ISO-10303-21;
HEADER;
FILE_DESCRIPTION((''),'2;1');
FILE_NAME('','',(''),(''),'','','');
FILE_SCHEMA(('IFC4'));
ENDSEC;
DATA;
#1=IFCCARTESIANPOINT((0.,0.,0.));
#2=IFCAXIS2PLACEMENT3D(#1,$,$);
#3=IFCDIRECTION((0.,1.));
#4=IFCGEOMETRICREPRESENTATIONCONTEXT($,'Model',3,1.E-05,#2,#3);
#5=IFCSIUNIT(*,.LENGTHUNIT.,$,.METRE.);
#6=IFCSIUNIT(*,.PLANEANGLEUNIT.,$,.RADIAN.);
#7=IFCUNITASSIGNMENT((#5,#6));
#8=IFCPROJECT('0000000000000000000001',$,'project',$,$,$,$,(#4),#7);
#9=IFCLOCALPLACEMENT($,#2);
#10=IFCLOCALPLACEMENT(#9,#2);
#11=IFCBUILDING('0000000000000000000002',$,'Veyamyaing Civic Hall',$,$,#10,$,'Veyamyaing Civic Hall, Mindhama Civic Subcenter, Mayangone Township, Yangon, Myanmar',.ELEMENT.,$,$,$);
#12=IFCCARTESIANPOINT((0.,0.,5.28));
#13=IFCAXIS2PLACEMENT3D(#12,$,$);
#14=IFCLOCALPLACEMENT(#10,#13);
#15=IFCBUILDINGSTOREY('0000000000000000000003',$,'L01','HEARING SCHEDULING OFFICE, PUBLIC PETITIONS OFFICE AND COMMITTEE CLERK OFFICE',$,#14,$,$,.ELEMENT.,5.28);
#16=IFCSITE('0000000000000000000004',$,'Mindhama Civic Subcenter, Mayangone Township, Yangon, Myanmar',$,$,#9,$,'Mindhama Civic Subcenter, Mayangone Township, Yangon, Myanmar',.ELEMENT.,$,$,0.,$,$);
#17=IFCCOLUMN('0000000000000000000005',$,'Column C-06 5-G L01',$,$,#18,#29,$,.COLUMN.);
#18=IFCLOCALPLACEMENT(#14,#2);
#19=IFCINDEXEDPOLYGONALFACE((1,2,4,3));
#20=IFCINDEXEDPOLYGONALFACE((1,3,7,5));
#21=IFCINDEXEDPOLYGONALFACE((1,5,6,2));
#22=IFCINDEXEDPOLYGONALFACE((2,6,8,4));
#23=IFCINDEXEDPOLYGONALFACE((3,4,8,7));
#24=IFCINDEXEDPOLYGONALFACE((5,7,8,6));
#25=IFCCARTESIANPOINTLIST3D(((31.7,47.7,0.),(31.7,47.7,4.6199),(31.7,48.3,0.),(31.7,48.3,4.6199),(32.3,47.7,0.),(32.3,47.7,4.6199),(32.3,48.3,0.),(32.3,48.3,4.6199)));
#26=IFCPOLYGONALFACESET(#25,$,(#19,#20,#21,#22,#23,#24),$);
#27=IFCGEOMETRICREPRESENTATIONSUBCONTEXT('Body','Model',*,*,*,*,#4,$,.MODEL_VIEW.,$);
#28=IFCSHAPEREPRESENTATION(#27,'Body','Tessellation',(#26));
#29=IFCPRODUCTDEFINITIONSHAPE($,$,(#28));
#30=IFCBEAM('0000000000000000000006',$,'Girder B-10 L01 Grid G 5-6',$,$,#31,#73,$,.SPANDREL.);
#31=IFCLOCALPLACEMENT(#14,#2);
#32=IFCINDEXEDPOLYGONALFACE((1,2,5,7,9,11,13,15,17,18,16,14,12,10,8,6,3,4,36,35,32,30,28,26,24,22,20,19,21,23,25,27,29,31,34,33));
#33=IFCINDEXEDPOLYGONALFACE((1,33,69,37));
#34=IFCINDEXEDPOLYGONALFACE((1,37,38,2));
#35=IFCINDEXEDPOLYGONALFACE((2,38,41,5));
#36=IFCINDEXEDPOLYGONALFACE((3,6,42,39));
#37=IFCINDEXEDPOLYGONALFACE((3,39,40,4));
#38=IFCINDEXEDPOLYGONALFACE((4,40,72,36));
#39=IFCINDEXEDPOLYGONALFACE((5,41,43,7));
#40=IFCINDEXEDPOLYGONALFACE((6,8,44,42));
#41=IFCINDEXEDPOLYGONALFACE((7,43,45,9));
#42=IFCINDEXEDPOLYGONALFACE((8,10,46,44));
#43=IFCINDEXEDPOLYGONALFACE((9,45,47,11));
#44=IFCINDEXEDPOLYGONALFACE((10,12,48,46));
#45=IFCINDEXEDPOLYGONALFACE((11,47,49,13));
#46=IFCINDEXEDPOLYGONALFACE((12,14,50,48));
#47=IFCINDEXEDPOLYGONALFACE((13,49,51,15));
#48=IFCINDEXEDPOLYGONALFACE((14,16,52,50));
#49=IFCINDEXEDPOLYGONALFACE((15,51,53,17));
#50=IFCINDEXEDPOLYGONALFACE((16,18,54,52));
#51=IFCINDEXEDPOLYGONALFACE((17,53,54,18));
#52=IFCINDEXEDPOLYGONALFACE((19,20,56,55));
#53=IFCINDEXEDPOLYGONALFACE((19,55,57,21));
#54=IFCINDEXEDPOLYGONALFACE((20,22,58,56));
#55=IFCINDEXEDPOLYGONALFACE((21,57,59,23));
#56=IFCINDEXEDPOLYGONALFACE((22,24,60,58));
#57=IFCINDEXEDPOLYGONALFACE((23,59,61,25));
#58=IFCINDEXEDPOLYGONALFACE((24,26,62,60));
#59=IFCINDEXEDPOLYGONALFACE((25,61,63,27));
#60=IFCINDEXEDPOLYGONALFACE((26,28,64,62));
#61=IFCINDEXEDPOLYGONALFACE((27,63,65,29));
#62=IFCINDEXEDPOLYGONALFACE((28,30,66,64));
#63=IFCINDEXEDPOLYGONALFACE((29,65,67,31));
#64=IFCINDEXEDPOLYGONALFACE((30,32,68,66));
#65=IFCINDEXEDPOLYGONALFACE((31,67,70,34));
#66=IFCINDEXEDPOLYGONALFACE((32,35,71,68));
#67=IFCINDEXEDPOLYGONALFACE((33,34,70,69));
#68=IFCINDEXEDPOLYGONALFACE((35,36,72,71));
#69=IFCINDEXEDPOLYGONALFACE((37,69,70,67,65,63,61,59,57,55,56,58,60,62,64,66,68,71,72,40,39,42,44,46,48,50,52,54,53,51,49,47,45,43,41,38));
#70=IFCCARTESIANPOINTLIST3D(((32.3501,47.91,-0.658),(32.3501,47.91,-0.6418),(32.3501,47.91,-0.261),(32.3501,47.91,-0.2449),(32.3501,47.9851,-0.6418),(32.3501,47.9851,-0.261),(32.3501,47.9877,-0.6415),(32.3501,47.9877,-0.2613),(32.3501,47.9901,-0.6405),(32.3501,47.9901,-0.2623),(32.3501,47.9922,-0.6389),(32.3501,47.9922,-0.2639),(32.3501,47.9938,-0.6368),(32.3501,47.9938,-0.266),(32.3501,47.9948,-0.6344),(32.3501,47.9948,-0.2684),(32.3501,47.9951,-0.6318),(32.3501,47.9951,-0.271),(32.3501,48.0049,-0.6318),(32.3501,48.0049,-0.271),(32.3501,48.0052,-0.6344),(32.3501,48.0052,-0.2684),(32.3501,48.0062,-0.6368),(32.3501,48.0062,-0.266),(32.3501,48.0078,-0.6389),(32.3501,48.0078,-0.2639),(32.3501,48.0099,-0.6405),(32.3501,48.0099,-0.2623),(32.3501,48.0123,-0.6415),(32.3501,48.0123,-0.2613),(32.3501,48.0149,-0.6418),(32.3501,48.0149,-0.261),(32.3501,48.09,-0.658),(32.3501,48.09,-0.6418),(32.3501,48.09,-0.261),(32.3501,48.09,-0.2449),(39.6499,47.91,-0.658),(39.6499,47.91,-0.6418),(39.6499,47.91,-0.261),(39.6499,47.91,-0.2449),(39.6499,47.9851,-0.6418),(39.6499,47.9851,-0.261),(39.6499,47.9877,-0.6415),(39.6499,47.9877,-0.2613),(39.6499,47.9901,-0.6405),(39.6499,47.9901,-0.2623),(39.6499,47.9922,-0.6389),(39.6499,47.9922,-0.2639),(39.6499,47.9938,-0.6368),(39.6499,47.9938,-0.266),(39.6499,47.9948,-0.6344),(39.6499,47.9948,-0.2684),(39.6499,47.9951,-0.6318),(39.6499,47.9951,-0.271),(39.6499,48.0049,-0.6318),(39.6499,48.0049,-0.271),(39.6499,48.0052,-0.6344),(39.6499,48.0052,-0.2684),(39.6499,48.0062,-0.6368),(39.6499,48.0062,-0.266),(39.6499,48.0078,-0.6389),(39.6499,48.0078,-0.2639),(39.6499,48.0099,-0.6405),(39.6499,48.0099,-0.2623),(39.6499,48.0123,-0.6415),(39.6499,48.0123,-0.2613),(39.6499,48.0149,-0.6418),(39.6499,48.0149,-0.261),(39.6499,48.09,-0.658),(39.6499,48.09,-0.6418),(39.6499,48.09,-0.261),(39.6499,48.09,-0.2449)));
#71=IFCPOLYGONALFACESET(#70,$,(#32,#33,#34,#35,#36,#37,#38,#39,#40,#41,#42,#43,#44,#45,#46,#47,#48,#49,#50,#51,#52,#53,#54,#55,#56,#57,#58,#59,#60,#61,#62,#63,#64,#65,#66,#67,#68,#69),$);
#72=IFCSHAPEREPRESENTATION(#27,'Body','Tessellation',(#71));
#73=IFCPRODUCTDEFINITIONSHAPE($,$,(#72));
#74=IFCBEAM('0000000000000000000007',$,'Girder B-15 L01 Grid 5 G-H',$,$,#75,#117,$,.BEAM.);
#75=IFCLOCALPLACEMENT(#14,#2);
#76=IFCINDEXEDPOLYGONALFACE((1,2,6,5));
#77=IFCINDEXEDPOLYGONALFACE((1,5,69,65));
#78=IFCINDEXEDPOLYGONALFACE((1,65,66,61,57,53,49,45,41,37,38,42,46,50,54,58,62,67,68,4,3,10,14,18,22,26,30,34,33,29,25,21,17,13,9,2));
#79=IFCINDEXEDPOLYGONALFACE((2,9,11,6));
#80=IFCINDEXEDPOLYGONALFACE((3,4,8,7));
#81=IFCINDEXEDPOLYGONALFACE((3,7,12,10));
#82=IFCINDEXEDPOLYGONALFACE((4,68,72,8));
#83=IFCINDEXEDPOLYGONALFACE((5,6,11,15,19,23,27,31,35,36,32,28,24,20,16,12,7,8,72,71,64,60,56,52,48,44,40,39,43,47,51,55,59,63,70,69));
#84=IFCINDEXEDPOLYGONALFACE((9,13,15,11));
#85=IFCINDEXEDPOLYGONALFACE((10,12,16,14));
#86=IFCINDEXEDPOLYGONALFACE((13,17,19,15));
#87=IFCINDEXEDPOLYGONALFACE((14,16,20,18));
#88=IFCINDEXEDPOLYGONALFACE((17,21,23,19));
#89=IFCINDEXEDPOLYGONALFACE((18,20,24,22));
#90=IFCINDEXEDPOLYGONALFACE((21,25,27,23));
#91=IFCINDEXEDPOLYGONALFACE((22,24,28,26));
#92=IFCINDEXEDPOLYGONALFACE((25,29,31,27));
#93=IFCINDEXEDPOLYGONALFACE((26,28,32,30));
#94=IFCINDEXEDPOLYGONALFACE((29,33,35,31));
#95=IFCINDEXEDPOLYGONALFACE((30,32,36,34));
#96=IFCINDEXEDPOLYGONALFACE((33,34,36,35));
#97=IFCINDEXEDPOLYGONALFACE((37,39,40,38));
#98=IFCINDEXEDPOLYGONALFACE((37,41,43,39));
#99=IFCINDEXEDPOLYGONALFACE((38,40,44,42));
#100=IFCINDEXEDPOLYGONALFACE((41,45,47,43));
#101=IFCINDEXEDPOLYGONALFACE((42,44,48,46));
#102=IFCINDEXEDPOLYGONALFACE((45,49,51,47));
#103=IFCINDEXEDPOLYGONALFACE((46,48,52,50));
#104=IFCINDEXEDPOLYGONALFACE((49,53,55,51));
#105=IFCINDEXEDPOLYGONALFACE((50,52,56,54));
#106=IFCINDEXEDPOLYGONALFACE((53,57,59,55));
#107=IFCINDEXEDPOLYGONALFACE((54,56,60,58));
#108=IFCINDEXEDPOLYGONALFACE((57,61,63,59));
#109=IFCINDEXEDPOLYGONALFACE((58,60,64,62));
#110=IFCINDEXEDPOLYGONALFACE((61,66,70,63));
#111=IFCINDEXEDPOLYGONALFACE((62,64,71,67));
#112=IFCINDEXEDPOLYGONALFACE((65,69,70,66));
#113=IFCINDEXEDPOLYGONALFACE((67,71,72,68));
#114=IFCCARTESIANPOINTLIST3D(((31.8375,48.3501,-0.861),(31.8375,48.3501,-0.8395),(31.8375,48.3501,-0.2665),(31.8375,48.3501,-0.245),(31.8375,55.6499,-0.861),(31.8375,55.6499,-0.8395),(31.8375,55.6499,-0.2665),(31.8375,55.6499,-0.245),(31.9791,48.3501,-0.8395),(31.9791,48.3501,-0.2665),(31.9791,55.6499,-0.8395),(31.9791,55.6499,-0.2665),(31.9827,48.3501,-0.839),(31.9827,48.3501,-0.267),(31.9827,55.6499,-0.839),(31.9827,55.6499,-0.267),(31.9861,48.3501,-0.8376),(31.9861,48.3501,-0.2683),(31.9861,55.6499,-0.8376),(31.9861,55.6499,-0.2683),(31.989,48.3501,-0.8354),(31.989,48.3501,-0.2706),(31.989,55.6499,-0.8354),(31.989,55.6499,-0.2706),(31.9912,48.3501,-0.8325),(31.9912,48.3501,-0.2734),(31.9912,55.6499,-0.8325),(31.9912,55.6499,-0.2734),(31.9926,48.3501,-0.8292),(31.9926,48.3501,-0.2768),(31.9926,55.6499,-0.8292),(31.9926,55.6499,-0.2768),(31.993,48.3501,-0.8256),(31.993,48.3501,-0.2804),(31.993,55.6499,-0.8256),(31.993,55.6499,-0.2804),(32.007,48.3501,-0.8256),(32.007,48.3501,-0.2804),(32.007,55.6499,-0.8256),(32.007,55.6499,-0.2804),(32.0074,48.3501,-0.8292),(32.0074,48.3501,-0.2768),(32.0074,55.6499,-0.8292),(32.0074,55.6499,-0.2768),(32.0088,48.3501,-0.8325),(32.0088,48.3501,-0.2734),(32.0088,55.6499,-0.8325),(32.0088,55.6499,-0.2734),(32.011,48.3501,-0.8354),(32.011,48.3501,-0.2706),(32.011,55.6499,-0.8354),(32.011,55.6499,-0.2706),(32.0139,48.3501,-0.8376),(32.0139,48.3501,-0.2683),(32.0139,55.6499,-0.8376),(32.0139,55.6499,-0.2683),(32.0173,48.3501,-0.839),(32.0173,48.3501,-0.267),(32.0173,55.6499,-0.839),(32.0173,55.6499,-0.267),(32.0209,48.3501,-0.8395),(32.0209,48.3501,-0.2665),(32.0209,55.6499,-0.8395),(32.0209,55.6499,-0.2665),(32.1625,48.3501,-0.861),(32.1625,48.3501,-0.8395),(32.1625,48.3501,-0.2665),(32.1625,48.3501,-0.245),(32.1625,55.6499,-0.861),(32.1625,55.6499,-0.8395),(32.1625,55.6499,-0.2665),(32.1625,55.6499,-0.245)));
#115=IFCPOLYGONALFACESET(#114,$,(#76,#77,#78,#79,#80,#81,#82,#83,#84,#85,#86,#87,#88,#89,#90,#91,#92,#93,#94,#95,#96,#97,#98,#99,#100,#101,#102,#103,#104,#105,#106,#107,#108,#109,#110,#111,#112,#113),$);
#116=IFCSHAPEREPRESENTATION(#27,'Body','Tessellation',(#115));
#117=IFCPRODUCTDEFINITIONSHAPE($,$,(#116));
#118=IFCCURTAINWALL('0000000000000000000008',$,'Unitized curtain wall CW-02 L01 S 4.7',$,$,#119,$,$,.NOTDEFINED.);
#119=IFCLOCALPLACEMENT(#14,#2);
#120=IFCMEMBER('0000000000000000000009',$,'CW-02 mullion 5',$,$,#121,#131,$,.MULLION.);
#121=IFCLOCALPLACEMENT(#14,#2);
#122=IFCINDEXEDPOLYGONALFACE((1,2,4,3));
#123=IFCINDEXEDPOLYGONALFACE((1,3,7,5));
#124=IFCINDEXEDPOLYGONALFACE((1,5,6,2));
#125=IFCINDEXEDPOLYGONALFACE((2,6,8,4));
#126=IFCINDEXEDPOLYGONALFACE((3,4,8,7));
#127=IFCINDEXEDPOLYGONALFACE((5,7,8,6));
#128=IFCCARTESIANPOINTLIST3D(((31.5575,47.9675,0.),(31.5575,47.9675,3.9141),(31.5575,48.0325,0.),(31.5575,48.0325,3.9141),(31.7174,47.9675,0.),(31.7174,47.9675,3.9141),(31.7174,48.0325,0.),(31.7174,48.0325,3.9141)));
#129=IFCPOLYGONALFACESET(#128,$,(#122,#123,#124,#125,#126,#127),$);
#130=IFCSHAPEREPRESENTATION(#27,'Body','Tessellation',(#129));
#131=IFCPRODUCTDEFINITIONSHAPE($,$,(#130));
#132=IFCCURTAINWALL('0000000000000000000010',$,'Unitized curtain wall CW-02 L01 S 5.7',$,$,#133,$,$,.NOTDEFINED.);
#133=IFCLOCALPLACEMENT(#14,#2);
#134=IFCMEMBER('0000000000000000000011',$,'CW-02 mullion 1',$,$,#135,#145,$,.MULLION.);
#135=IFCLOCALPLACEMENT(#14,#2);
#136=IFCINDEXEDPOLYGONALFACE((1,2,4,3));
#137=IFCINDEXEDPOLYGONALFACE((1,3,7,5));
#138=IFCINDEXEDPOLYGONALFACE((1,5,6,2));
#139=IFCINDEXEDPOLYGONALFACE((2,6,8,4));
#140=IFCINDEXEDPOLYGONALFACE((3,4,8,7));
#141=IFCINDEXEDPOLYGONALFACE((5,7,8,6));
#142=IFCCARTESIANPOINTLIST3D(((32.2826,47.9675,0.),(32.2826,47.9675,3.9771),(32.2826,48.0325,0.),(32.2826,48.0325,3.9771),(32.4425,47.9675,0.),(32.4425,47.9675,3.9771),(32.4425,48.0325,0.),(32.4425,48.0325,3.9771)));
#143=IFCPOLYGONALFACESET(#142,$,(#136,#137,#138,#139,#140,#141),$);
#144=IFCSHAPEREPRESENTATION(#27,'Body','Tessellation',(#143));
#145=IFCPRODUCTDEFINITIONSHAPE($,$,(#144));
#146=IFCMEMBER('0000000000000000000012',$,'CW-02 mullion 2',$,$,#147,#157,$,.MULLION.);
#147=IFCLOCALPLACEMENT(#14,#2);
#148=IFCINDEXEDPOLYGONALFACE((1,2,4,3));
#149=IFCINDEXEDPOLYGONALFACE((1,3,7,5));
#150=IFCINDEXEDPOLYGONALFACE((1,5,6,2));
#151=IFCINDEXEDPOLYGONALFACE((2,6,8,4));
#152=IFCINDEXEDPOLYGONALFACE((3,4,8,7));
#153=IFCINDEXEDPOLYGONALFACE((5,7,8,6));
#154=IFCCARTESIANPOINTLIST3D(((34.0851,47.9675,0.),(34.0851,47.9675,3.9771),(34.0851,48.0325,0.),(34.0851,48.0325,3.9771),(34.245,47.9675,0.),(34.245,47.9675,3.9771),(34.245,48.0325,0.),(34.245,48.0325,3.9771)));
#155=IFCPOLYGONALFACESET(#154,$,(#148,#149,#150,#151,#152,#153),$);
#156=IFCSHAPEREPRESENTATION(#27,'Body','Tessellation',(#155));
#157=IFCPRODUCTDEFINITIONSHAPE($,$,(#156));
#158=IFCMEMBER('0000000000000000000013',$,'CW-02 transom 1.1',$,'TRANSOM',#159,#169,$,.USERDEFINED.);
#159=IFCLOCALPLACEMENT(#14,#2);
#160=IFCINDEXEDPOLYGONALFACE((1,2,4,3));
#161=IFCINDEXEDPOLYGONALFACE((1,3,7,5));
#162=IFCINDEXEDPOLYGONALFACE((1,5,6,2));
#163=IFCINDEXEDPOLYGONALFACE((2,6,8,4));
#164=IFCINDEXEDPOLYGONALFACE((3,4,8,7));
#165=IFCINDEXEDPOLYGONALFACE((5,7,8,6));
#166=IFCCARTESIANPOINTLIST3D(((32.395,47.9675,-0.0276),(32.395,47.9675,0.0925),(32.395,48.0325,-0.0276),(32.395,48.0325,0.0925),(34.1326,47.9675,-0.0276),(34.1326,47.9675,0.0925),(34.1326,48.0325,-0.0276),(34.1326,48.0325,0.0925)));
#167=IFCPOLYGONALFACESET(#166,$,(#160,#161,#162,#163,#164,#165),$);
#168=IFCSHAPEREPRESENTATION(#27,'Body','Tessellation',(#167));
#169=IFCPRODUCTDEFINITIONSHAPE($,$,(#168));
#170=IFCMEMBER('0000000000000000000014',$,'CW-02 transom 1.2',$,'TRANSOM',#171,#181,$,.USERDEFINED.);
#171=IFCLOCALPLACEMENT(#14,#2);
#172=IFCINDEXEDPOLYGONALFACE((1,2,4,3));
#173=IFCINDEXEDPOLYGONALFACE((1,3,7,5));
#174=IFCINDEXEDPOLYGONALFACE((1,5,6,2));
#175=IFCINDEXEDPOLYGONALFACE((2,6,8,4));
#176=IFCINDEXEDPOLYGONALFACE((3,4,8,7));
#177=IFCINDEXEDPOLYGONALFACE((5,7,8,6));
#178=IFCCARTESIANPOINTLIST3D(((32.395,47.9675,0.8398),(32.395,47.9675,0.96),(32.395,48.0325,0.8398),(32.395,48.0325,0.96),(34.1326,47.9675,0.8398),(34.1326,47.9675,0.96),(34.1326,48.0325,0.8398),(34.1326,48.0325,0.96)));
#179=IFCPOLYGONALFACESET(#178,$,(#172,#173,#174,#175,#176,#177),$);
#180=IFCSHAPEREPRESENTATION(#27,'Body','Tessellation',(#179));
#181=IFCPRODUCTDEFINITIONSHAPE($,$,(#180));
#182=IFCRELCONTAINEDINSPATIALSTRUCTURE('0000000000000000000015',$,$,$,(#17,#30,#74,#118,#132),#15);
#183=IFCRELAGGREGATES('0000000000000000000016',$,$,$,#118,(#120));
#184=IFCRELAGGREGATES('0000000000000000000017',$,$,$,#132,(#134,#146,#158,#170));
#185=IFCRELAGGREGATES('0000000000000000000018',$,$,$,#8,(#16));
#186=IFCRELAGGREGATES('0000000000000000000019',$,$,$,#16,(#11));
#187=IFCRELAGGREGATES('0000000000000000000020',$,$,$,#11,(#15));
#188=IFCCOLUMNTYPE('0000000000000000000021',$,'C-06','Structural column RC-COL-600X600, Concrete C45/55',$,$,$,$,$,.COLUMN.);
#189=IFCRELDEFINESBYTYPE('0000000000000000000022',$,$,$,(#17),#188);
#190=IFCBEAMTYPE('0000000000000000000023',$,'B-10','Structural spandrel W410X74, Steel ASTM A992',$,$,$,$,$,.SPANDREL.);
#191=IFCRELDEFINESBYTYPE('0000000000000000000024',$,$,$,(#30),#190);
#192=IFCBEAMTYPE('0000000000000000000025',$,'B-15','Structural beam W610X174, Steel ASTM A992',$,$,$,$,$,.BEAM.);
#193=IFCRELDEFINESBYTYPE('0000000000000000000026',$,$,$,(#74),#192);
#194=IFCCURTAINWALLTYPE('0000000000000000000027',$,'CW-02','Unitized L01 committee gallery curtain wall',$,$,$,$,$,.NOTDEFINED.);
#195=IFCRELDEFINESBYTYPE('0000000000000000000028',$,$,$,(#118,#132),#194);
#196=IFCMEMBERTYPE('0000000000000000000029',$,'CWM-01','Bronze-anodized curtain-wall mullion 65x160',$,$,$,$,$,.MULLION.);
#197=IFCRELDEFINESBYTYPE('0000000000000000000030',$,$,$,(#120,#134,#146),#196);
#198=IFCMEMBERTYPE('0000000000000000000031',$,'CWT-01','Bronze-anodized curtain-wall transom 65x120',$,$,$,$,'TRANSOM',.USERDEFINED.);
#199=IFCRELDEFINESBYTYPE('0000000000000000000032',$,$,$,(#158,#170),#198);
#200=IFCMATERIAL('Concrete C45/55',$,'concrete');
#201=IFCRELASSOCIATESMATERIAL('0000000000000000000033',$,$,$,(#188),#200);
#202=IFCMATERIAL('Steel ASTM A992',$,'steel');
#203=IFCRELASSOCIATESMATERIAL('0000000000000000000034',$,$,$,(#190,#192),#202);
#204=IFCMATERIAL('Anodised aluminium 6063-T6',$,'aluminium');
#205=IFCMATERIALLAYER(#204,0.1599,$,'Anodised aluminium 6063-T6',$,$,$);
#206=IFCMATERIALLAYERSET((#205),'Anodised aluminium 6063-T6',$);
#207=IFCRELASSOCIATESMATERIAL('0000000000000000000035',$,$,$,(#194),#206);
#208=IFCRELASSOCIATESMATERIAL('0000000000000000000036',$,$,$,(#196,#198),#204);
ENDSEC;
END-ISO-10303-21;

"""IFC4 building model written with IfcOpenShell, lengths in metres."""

from ifc_helpers import new_model, si_unit, direction, frame, origin, origin_2d, place, context, subcontext, project, spatial, rectangle, i_section, extrude, material, layer, layer_set, material_profile, profile_set, type_object, element, aggregate, save


model = new_model("IFC4")

# Units and contexts
model_context = context("Model", 3, precision=1e-05, world=origin(), true_north=direction((0.0, 1.0)))
body_context = subcontext(model_context, "Body", "Model", "MODEL_VIEW")
ifc_project = project(units=[si_unit("LENGTHUNIT", "METRE"), si_unit("PLANEANGLEUNIT", "RADIAN")], contexts=[model_context])

# Site, building, storey
site_placement = place(None, origin())
site = spatial("IfcSite", under=ifc_project, at=site_placement, Name="Mindhama Civic Subcenter, Mayangone Township, Yangon, Myanmar", LongName="Mindhama Civic Subcenter, Mayangone Township, Yangon, Myanmar", CompositionType="ELEMENT", RefElevation=0.0)
building_placement = place(site_placement, origin())
building = spatial("IfcBuilding", under=site, at=building_placement, Name="Veyamyaing Civic Hall", LongName="Veyamyaing Civic Hall, Mindhama Civic Subcenter, Mayangone Township, Yangon, Myanmar", CompositionType="ELEMENT")
storey_placement = place(building_placement, frame((0.0, 0.0, 5.28)))
storey = spatial("IfcBuildingStorey", under=building, at=storey_placement, Name="L01", Description="HEARING SCHEDULING OFFICE, PUBLIC PETITIONS OFFICE AND COMMITTEE CLERK OFFICE", CompositionType="ELEMENT", Elevation=5.28)

# Column
ifc_material_1 = material(Name="Concrete C45/55", Category="concrete")
ifc_material_profile_1 = material_profile(ifc_material_1, rectangle(XDim=0.6001, YDim=0.6001, at=origin_2d()), Name="RC-COL-600X600")
ifc_profile_set_1 = profile_set([ifc_material_profile_1], Name="Concrete C45/55")
column_type = type_object("IfcColumnType", Name="C-06", Description="Structural column RC-COL-600X600, Concrete C45/55", PredefinedType="COLUMN", material=ifc_profile_set_1)
column_placement = place(storey_placement, frame((32.0, 48.0, 0.0), z_axis=(0.0, 0.0, 1.0), x_axis=(1.0, 0.0, 0.0)))
element("IfcColumn", 1, at=column_placement, inside=storey, type_object=column_type, Name="Column C-06 5-G L01", PredefinedType="COLUMN", context=body_context, shape_type="SweptSolid", body=[
    extrude(rectangle(XDim=0.6001, YDim=0.6001, at=origin_2d()), origin(), (0.0, 0.0, 1.0), 4.6199),
])

# Beams
ifc_material_2 = material(Name="Steel ASTM A992", Category="steel")
ifc_material_profile_2 = material_profile(ifc_material_2, i_section(OverallWidth=0.1799, OverallDepth=0.4131, WebThickness=0.0098, FlangeThickness=0.0161, FilletRadius=0.01, at=origin_2d()), Name="W410X74")
ifc_profile_set_2 = profile_set([ifc_material_profile_2], Name="Steel ASTM A992")
beam_type_1 = type_object("IfcBeamType", Name="B-10", Description="Structural spandrel W410X74, Steel ASTM A992", PredefinedType="SPANDREL", material=ifc_profile_set_2)
beam_1_placement = place(storey_placement, frame((32.3501, 48.0, -0.4514), z_axis=(1.0, 0.0, 0.0), x_axis=(0.0, 1.0, 0.0)))
element("IfcBeam", 2, at=beam_1_placement, inside=storey, type_object=beam_type_1, Name="Girder B-10 L01 Grid G 5-6", PredefinedType="SPANDREL", context=body_context, shape_type="SweptSolid", body=[
    extrude(i_section(OverallWidth=0.1799, OverallDepth=0.4131, WebThickness=0.0098, FlangeThickness=0.0161, FilletRadius=0.01, at=origin_2d()), origin(), (0.0, 0.0, 1.0), 7.2998),
])
ifc_material_profile_3 = material_profile(ifc_material_2, i_section(OverallWidth=0.325, OverallDepth=0.616, WebThickness=0.0139, FlangeThickness=0.0215, FilletRadius=0.0139, at=origin_2d()), Name="W610X174")
ifc_profile_set_3 = profile_set([ifc_material_profile_3], Name="Steel ASTM A992")
beam_type_2 = type_object("IfcBeamType", Name="B-15", Description="Structural beam W610X174, Steel ASTM A992", PredefinedType="BEAM", material=ifc_profile_set_3)
beam_2_placement = place(storey_placement, frame((32.0, 48.3501, -0.553), z_axis=(0.0, 1.0, 0.0), x_axis=(-1.0, 0.0, 0.0)))
element("IfcBeam", 3, at=beam_2_placement, inside=storey, type_object=beam_type_2, Name="Girder B-15 L01 Grid 5 G-H", PredefinedType="BEAM", context=body_context, shape_type="SweptSolid", body=[
    extrude(i_section(OverallWidth=0.325, OverallDepth=0.616, WebThickness=0.0139, FlangeThickness=0.0215, FilletRadius=0.0139, at=origin_2d()), origin(), (0.0, 0.0, 1.0), 7.2998),
])

# Curtain wall, member
ifc_material_3 = material(Name="Anodised aluminium 6063-T6", Category="aluminium")
ifc_layer_1 = layer(ifc_material_3, 0.1599, Name="Anodised aluminium 6063-T6")
ifc_layer_set_1 = layer_set([ifc_layer_1], Name="Anodised aluminium 6063-T6")
curtain_wall_type = type_object("IfcCurtainWallType", Name="CW-02", Description="Unitized L01 committee gallery curtain wall", PredefinedType="NOTDEFINED", material=ifc_layer_set_1)
curtain_wall_1_placement = place(storey_placement, origin())
curtain_wall_1 = element("IfcCurtainWall", 4, at=curtain_wall_1_placement, inside=storey, type_object=curtain_wall_type, Name="Unitized curtain wall CW-02 L01 S 4.7", PredefinedType="NOTDEFINED")
ifc_material_profile_4 = material_profile(ifc_material_3, rectangle(XDim=0.0649, YDim=0.1599, at=origin_2d()), Name="ALU-MUL-65X160")
ifc_profile_set_4 = profile_set([ifc_material_profile_4], Name="Anodised aluminium 6063-T6")
member_type_1 = type_object("IfcMemberType", Name="CWM-01", Description="Bronze-anodized curtain-wall mullion 65x160", PredefinedType="MULLION", material=ifc_profile_set_4)
member_1_placement = place(storey_placement, frame((31.6375, 48.0, 0.0), z_axis=(0.0, 0.0, 1.0), x_axis=(0.0, 1.0, 0.0)))
member_1 = element("IfcMember", 5, at=member_1_placement, type_object=member_type_1, Name="CW-02 mullion 5", PredefinedType="MULLION", context=body_context, shape_type="SweptSolid", body=[
    extrude(rectangle(XDim=0.0649, YDim=0.1599, at=origin_2d()), origin(), (0.0, 0.0, 1.0), 3.9141),
])
aggregate(curtain_wall_1, [member_1])

# Curtain wall, members
curtain_wall_2_placement = place(storey_placement, origin())
curtain_wall_2 = element("IfcCurtainWall", 6, at=curtain_wall_2_placement, inside=storey, type_object=curtain_wall_type, Name="Unitized curtain wall CW-02 L01 S 5.7", PredefinedType="NOTDEFINED")
member_2_placement = place(storey_placement, frame((32.3625, 48.0, 0.0), z_axis=(0.0, 0.0, 1.0), x_axis=(0.0, 1.0, 0.0)))
member_2 = element("IfcMember", 7, at=member_2_placement, type_object=member_type_1, Name="CW-02 mullion 1", PredefinedType="MULLION", context=body_context, shape_type="SweptSolid", body=[
    extrude(rectangle(XDim=0.0649, YDim=0.1599, at=origin_2d()), origin(), (0.0, 0.0, 1.0), 3.9771),
])
member_3_placement = place(storey_placement, frame((34.165, 48.0, 0.0), z_axis=(0.0, 0.0, 1.0), x_axis=(0.0, 1.0, 0.0)))
member_3 = element("IfcMember", 8, at=member_3_placement, type_object=member_type_1, Name="CW-02 mullion 2", PredefinedType="MULLION", context=body_context, shape_type="SweptSolid", body=[
    extrude(rectangle(XDim=0.0649, YDim=0.1599, at=origin_2d()), origin(), (0.0, 0.0, 1.0), 3.9771),
])
ifc_material_profile_5 = material_profile(ifc_material_3, rectangle(XDim=0.0649, YDim=0.1201, at=origin_2d()), Name="ALU-TRN-65X120")
ifc_profile_set_5 = profile_set([ifc_material_profile_5], Name="Anodised aluminium 6063-T6")
member_type_2 = type_object("IfcMemberType", Name="CWT-01", Description="Bronze-anodized curtain-wall transom 65x120", ElementType="TRANSOM", PredefinedType="USERDEFINED", material=ifc_profile_set_5)
member_4_placement = place(storey_placement, frame((32.395, 48.0, 0.0325), z_axis=(1.0, 0.0, 0.0), x_axis=(0.0, 1.0, 0.0)))
member_4 = element("IfcMember", 9, at=member_4_placement, type_object=member_type_2, Name="CW-02 transom 1.1", ObjectType="TRANSOM", PredefinedType="USERDEFINED", context=body_context, shape_type="SweptSolid", body=[
    extrude(rectangle(XDim=0.0649, YDim=0.1201, at=origin_2d()), origin(), (0.0, 0.0, 1.0), 1.7375),
])
member_5_placement = place(storey_placement, frame((32.395, 48.0, 0.8999), z_axis=(1.0, 0.0, 0.0), x_axis=(0.0, 1.0, 0.0)))
member_5 = element("IfcMember", 10, at=member_5_placement, type_object=member_type_2, Name="CW-02 transom 1.2", ObjectType="TRANSOM", PredefinedType="USERDEFINED", context=body_context, shape_type="SweptSolid", body=[
    extrude(rectangle(XDim=0.0649, YDim=0.1201, at=origin_2d()), origin(), (0.0, 0.0, 1.0), 1.7375),
])

aggregate(curtain_wall_2, [member_2, member_3, member_4, member_5])

save(model, "model.ifc")
